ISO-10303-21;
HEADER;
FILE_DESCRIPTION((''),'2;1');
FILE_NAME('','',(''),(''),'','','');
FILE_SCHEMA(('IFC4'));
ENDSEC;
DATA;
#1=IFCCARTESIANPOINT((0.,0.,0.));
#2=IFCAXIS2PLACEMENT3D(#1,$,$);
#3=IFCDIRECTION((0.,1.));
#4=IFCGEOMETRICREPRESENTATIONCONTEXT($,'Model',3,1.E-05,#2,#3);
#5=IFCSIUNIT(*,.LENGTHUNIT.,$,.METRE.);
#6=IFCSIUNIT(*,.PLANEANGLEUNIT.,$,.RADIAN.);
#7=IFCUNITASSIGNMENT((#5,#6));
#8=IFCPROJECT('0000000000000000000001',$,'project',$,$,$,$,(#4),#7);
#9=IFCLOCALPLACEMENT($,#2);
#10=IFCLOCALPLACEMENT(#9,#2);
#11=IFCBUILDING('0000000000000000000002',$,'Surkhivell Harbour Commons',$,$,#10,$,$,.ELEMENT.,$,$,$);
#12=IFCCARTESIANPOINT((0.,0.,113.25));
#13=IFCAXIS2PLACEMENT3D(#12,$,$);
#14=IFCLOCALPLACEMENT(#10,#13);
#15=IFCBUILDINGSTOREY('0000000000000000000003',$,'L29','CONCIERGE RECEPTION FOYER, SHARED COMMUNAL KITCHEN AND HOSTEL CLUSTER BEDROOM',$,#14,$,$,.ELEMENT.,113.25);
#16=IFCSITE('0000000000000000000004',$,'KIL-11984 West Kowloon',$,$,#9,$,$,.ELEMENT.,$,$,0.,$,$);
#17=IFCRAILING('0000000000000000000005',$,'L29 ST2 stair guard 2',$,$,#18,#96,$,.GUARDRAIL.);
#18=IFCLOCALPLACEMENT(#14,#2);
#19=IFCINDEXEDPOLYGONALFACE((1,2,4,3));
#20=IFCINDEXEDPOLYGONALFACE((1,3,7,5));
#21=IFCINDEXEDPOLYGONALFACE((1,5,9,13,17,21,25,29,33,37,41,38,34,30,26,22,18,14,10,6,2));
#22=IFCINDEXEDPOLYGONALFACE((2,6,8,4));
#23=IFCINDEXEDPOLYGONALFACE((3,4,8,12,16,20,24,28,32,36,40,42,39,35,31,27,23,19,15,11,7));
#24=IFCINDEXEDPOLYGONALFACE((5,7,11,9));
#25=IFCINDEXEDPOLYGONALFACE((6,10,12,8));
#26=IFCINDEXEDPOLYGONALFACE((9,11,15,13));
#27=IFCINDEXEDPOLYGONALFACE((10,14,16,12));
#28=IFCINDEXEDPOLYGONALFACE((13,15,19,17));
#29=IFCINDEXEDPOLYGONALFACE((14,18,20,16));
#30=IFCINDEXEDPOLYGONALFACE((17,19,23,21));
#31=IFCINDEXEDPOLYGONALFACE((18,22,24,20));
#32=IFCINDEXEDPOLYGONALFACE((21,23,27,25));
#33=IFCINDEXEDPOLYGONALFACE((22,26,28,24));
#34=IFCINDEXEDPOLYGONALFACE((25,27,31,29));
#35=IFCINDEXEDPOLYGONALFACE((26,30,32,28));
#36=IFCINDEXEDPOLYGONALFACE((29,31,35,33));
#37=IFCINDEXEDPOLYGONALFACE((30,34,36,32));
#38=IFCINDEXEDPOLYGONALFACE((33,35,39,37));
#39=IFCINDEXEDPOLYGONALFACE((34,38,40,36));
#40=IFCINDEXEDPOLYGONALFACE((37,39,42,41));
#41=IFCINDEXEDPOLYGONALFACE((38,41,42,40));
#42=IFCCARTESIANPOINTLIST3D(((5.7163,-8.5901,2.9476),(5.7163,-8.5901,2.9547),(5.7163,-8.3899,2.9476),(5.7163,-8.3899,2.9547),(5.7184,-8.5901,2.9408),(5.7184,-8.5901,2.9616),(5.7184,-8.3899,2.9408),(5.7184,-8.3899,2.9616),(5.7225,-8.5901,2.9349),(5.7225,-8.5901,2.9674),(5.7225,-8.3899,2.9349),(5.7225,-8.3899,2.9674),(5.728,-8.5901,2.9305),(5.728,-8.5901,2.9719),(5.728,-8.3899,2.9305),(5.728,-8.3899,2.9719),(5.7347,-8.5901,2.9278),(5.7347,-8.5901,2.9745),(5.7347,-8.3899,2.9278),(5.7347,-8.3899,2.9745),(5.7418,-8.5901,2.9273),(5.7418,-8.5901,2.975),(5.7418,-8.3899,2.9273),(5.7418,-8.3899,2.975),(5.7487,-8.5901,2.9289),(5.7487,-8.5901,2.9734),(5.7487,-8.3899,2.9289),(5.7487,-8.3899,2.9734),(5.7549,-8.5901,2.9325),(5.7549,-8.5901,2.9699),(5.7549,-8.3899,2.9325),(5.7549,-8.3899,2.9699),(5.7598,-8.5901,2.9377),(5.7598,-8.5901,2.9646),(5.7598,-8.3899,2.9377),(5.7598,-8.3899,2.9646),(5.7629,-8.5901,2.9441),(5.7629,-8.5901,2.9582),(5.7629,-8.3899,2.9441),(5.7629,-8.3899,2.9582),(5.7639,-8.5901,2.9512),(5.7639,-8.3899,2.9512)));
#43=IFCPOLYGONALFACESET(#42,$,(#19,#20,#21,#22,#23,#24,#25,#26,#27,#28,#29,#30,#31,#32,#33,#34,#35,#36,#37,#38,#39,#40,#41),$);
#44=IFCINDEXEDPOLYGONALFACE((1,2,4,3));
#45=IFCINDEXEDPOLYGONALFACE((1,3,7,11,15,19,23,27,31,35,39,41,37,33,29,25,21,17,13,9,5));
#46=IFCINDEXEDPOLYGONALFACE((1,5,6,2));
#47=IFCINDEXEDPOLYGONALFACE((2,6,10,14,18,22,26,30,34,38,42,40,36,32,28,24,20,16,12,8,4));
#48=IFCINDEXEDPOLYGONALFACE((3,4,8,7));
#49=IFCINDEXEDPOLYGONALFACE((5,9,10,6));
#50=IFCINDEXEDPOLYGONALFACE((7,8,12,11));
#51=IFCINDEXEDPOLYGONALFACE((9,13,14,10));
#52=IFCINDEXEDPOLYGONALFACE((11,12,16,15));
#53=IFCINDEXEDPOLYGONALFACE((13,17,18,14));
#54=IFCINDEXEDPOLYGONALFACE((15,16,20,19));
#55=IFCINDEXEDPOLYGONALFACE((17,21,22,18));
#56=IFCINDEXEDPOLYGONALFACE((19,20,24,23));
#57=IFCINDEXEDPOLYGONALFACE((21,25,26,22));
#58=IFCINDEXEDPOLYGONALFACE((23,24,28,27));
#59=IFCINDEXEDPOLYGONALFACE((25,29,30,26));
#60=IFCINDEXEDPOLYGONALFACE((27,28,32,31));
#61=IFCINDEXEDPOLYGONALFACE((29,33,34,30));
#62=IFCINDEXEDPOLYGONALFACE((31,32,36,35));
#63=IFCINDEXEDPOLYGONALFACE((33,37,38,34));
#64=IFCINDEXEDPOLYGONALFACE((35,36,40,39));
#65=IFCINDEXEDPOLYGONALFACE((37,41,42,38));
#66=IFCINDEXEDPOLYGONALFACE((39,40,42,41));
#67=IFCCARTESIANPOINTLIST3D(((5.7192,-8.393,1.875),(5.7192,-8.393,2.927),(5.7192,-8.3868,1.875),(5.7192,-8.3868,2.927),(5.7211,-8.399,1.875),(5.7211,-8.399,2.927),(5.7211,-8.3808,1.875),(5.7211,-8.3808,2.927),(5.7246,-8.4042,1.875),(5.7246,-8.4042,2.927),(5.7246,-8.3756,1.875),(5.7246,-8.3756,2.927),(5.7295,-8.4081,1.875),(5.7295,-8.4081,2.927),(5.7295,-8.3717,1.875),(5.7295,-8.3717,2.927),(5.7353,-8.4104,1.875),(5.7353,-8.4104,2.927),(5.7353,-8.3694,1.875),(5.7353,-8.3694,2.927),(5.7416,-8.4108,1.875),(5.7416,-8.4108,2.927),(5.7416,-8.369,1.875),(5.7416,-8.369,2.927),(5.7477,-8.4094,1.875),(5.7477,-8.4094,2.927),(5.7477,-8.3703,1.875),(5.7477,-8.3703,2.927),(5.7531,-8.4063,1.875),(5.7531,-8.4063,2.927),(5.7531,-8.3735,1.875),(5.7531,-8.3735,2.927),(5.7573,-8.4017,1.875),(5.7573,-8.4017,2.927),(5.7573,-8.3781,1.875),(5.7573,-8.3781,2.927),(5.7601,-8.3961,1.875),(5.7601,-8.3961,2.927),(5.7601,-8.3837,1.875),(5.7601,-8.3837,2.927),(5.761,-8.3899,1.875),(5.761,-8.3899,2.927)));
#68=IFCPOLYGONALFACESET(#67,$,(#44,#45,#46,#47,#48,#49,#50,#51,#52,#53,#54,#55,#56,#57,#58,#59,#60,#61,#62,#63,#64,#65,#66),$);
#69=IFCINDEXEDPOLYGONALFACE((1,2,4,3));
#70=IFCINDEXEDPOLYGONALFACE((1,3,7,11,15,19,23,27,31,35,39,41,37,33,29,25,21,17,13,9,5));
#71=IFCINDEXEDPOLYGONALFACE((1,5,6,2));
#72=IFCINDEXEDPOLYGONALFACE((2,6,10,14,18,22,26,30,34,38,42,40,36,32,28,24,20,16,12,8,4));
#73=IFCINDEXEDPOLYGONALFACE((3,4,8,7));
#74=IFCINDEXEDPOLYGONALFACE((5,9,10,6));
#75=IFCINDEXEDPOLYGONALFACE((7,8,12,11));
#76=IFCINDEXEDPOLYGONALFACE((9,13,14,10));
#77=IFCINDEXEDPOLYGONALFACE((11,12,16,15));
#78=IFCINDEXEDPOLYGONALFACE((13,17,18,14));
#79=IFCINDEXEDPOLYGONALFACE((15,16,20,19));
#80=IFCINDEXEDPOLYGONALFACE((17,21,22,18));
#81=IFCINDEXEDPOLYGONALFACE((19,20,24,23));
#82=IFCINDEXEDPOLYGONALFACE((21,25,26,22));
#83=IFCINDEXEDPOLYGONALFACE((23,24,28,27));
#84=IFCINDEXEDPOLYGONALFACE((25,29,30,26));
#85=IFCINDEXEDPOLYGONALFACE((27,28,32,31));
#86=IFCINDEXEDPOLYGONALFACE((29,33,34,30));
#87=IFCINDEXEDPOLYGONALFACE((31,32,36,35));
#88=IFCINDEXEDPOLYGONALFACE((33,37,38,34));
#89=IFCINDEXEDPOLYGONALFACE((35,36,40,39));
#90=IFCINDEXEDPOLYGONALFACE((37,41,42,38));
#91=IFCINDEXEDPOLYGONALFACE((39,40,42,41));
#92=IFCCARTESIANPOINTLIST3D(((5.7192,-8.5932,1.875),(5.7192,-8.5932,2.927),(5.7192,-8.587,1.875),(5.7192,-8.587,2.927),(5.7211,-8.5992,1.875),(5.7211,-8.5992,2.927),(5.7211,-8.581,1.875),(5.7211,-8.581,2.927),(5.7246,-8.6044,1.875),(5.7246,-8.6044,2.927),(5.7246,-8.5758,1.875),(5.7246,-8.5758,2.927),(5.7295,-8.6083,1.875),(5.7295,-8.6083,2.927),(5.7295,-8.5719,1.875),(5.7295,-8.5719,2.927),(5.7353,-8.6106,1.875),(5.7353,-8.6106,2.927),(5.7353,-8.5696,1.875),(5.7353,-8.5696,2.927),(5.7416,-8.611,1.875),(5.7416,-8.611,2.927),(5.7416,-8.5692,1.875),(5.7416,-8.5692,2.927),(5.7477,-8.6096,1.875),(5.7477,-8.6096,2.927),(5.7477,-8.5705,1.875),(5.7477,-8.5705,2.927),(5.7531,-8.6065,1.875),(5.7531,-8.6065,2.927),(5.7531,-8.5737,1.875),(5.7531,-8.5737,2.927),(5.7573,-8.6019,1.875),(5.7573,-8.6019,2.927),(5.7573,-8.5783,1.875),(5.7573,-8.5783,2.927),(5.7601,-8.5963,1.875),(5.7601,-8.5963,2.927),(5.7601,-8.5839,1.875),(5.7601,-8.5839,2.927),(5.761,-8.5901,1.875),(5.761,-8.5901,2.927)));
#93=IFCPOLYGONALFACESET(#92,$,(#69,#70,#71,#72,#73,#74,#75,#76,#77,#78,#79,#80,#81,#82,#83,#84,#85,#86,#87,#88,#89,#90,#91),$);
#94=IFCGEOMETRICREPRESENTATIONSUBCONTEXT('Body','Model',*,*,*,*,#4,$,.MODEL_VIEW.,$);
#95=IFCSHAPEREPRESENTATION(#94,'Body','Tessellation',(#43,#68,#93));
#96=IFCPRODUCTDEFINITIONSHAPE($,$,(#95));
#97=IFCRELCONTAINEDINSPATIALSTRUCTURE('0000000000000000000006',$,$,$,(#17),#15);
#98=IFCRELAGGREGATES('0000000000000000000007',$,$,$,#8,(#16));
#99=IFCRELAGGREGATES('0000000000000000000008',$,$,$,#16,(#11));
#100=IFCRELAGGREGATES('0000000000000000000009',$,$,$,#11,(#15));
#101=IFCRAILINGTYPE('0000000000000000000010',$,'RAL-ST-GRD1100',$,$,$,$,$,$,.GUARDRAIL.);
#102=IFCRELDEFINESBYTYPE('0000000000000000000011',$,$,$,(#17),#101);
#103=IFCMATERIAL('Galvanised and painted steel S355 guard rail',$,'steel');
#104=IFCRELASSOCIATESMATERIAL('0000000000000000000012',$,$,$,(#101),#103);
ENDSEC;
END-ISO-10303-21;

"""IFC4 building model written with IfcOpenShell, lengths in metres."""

from ifc_helpers import new_model, si_unit, direction, frame, origin, origin_2d, place, context, subcontext, project, spatial, circle, extrude, material, type_object, element, save


model = new_model("IFC4")

# Units and contexts
model_context = context("Model", 3, precision=1e-05, world=origin(), true_north=direction((0.0, 1.0)))
body_context = subcontext(model_context, "Body", "Model", "MODEL_VIEW")
ifc_project = project(units=[si_unit("LENGTHUNIT", "METRE"), si_unit("PLANEANGLEUNIT", "RADIAN")], contexts=[model_context])

# Site, building, storey
site_placement = place(None, origin())
site = spatial("IfcSite", under=ifc_project, at=site_placement, Name="KIL-11984 West Kowloon", CompositionType="ELEMENT", RefElevation=0.0)
building_placement = place(site_placement, origin())
building = spatial("IfcBuilding", under=site, at=building_placement, Name="Surkhivell Harbour Commons", CompositionType="ELEMENT")
storey_placement = place(building_placement, frame((0.0, 0.0, 113.25)))
storey = spatial("IfcBuildingStorey", under=building, at=storey_placement, Name="L29", Description="CONCIERGE RECEPTION FOYER, SHARED COMMUNAL KITCHEN AND HOSTEL CLUSTER BEDROOM", CompositionType="ELEMENT", Elevation=113.25)

# Railing
ifc_material_1 = material(Name="Galvanised and painted steel S355 guard rail", Category="steel")
railing_type_1 = type_object("IfcRailingType", Name="RAL-ST-GRD1100", PredefinedType="GUARDRAIL", material=ifc_material_1)
railing_1_placement = place(storey_placement, frame((5.74, -8.3899, 1.875)))
element("IfcRailing", 1, at=railing_1_placement, inside=storey, type_object=railing_type_1, Name="L29 ST2 stair guard 2", PredefinedType="GUARDRAIL", context=body_context, shape_type="SweptSolid", body=[
    extrude(circle(Radius=0.0239, at=origin_2d()), frame((0.0, 0.0, 1.0762), z_axis=(0.0, -1.0, 0.0), x_axis=(1.0, 0.0, 0.0)), (0.0, 0.0, 1.0), 0.2002),
    extrude(circle(Radius=0.021, at=origin_2d()), origin(), (0.0, 0.0, 1.0), 1.052),
    extrude(circle(Radius=0.021, at=origin_2d()), frame((0.0, -0.2002, 0.0)), (0.0, 0.0, 1.0), 1.052),
])

save(model, "model.ifc")
